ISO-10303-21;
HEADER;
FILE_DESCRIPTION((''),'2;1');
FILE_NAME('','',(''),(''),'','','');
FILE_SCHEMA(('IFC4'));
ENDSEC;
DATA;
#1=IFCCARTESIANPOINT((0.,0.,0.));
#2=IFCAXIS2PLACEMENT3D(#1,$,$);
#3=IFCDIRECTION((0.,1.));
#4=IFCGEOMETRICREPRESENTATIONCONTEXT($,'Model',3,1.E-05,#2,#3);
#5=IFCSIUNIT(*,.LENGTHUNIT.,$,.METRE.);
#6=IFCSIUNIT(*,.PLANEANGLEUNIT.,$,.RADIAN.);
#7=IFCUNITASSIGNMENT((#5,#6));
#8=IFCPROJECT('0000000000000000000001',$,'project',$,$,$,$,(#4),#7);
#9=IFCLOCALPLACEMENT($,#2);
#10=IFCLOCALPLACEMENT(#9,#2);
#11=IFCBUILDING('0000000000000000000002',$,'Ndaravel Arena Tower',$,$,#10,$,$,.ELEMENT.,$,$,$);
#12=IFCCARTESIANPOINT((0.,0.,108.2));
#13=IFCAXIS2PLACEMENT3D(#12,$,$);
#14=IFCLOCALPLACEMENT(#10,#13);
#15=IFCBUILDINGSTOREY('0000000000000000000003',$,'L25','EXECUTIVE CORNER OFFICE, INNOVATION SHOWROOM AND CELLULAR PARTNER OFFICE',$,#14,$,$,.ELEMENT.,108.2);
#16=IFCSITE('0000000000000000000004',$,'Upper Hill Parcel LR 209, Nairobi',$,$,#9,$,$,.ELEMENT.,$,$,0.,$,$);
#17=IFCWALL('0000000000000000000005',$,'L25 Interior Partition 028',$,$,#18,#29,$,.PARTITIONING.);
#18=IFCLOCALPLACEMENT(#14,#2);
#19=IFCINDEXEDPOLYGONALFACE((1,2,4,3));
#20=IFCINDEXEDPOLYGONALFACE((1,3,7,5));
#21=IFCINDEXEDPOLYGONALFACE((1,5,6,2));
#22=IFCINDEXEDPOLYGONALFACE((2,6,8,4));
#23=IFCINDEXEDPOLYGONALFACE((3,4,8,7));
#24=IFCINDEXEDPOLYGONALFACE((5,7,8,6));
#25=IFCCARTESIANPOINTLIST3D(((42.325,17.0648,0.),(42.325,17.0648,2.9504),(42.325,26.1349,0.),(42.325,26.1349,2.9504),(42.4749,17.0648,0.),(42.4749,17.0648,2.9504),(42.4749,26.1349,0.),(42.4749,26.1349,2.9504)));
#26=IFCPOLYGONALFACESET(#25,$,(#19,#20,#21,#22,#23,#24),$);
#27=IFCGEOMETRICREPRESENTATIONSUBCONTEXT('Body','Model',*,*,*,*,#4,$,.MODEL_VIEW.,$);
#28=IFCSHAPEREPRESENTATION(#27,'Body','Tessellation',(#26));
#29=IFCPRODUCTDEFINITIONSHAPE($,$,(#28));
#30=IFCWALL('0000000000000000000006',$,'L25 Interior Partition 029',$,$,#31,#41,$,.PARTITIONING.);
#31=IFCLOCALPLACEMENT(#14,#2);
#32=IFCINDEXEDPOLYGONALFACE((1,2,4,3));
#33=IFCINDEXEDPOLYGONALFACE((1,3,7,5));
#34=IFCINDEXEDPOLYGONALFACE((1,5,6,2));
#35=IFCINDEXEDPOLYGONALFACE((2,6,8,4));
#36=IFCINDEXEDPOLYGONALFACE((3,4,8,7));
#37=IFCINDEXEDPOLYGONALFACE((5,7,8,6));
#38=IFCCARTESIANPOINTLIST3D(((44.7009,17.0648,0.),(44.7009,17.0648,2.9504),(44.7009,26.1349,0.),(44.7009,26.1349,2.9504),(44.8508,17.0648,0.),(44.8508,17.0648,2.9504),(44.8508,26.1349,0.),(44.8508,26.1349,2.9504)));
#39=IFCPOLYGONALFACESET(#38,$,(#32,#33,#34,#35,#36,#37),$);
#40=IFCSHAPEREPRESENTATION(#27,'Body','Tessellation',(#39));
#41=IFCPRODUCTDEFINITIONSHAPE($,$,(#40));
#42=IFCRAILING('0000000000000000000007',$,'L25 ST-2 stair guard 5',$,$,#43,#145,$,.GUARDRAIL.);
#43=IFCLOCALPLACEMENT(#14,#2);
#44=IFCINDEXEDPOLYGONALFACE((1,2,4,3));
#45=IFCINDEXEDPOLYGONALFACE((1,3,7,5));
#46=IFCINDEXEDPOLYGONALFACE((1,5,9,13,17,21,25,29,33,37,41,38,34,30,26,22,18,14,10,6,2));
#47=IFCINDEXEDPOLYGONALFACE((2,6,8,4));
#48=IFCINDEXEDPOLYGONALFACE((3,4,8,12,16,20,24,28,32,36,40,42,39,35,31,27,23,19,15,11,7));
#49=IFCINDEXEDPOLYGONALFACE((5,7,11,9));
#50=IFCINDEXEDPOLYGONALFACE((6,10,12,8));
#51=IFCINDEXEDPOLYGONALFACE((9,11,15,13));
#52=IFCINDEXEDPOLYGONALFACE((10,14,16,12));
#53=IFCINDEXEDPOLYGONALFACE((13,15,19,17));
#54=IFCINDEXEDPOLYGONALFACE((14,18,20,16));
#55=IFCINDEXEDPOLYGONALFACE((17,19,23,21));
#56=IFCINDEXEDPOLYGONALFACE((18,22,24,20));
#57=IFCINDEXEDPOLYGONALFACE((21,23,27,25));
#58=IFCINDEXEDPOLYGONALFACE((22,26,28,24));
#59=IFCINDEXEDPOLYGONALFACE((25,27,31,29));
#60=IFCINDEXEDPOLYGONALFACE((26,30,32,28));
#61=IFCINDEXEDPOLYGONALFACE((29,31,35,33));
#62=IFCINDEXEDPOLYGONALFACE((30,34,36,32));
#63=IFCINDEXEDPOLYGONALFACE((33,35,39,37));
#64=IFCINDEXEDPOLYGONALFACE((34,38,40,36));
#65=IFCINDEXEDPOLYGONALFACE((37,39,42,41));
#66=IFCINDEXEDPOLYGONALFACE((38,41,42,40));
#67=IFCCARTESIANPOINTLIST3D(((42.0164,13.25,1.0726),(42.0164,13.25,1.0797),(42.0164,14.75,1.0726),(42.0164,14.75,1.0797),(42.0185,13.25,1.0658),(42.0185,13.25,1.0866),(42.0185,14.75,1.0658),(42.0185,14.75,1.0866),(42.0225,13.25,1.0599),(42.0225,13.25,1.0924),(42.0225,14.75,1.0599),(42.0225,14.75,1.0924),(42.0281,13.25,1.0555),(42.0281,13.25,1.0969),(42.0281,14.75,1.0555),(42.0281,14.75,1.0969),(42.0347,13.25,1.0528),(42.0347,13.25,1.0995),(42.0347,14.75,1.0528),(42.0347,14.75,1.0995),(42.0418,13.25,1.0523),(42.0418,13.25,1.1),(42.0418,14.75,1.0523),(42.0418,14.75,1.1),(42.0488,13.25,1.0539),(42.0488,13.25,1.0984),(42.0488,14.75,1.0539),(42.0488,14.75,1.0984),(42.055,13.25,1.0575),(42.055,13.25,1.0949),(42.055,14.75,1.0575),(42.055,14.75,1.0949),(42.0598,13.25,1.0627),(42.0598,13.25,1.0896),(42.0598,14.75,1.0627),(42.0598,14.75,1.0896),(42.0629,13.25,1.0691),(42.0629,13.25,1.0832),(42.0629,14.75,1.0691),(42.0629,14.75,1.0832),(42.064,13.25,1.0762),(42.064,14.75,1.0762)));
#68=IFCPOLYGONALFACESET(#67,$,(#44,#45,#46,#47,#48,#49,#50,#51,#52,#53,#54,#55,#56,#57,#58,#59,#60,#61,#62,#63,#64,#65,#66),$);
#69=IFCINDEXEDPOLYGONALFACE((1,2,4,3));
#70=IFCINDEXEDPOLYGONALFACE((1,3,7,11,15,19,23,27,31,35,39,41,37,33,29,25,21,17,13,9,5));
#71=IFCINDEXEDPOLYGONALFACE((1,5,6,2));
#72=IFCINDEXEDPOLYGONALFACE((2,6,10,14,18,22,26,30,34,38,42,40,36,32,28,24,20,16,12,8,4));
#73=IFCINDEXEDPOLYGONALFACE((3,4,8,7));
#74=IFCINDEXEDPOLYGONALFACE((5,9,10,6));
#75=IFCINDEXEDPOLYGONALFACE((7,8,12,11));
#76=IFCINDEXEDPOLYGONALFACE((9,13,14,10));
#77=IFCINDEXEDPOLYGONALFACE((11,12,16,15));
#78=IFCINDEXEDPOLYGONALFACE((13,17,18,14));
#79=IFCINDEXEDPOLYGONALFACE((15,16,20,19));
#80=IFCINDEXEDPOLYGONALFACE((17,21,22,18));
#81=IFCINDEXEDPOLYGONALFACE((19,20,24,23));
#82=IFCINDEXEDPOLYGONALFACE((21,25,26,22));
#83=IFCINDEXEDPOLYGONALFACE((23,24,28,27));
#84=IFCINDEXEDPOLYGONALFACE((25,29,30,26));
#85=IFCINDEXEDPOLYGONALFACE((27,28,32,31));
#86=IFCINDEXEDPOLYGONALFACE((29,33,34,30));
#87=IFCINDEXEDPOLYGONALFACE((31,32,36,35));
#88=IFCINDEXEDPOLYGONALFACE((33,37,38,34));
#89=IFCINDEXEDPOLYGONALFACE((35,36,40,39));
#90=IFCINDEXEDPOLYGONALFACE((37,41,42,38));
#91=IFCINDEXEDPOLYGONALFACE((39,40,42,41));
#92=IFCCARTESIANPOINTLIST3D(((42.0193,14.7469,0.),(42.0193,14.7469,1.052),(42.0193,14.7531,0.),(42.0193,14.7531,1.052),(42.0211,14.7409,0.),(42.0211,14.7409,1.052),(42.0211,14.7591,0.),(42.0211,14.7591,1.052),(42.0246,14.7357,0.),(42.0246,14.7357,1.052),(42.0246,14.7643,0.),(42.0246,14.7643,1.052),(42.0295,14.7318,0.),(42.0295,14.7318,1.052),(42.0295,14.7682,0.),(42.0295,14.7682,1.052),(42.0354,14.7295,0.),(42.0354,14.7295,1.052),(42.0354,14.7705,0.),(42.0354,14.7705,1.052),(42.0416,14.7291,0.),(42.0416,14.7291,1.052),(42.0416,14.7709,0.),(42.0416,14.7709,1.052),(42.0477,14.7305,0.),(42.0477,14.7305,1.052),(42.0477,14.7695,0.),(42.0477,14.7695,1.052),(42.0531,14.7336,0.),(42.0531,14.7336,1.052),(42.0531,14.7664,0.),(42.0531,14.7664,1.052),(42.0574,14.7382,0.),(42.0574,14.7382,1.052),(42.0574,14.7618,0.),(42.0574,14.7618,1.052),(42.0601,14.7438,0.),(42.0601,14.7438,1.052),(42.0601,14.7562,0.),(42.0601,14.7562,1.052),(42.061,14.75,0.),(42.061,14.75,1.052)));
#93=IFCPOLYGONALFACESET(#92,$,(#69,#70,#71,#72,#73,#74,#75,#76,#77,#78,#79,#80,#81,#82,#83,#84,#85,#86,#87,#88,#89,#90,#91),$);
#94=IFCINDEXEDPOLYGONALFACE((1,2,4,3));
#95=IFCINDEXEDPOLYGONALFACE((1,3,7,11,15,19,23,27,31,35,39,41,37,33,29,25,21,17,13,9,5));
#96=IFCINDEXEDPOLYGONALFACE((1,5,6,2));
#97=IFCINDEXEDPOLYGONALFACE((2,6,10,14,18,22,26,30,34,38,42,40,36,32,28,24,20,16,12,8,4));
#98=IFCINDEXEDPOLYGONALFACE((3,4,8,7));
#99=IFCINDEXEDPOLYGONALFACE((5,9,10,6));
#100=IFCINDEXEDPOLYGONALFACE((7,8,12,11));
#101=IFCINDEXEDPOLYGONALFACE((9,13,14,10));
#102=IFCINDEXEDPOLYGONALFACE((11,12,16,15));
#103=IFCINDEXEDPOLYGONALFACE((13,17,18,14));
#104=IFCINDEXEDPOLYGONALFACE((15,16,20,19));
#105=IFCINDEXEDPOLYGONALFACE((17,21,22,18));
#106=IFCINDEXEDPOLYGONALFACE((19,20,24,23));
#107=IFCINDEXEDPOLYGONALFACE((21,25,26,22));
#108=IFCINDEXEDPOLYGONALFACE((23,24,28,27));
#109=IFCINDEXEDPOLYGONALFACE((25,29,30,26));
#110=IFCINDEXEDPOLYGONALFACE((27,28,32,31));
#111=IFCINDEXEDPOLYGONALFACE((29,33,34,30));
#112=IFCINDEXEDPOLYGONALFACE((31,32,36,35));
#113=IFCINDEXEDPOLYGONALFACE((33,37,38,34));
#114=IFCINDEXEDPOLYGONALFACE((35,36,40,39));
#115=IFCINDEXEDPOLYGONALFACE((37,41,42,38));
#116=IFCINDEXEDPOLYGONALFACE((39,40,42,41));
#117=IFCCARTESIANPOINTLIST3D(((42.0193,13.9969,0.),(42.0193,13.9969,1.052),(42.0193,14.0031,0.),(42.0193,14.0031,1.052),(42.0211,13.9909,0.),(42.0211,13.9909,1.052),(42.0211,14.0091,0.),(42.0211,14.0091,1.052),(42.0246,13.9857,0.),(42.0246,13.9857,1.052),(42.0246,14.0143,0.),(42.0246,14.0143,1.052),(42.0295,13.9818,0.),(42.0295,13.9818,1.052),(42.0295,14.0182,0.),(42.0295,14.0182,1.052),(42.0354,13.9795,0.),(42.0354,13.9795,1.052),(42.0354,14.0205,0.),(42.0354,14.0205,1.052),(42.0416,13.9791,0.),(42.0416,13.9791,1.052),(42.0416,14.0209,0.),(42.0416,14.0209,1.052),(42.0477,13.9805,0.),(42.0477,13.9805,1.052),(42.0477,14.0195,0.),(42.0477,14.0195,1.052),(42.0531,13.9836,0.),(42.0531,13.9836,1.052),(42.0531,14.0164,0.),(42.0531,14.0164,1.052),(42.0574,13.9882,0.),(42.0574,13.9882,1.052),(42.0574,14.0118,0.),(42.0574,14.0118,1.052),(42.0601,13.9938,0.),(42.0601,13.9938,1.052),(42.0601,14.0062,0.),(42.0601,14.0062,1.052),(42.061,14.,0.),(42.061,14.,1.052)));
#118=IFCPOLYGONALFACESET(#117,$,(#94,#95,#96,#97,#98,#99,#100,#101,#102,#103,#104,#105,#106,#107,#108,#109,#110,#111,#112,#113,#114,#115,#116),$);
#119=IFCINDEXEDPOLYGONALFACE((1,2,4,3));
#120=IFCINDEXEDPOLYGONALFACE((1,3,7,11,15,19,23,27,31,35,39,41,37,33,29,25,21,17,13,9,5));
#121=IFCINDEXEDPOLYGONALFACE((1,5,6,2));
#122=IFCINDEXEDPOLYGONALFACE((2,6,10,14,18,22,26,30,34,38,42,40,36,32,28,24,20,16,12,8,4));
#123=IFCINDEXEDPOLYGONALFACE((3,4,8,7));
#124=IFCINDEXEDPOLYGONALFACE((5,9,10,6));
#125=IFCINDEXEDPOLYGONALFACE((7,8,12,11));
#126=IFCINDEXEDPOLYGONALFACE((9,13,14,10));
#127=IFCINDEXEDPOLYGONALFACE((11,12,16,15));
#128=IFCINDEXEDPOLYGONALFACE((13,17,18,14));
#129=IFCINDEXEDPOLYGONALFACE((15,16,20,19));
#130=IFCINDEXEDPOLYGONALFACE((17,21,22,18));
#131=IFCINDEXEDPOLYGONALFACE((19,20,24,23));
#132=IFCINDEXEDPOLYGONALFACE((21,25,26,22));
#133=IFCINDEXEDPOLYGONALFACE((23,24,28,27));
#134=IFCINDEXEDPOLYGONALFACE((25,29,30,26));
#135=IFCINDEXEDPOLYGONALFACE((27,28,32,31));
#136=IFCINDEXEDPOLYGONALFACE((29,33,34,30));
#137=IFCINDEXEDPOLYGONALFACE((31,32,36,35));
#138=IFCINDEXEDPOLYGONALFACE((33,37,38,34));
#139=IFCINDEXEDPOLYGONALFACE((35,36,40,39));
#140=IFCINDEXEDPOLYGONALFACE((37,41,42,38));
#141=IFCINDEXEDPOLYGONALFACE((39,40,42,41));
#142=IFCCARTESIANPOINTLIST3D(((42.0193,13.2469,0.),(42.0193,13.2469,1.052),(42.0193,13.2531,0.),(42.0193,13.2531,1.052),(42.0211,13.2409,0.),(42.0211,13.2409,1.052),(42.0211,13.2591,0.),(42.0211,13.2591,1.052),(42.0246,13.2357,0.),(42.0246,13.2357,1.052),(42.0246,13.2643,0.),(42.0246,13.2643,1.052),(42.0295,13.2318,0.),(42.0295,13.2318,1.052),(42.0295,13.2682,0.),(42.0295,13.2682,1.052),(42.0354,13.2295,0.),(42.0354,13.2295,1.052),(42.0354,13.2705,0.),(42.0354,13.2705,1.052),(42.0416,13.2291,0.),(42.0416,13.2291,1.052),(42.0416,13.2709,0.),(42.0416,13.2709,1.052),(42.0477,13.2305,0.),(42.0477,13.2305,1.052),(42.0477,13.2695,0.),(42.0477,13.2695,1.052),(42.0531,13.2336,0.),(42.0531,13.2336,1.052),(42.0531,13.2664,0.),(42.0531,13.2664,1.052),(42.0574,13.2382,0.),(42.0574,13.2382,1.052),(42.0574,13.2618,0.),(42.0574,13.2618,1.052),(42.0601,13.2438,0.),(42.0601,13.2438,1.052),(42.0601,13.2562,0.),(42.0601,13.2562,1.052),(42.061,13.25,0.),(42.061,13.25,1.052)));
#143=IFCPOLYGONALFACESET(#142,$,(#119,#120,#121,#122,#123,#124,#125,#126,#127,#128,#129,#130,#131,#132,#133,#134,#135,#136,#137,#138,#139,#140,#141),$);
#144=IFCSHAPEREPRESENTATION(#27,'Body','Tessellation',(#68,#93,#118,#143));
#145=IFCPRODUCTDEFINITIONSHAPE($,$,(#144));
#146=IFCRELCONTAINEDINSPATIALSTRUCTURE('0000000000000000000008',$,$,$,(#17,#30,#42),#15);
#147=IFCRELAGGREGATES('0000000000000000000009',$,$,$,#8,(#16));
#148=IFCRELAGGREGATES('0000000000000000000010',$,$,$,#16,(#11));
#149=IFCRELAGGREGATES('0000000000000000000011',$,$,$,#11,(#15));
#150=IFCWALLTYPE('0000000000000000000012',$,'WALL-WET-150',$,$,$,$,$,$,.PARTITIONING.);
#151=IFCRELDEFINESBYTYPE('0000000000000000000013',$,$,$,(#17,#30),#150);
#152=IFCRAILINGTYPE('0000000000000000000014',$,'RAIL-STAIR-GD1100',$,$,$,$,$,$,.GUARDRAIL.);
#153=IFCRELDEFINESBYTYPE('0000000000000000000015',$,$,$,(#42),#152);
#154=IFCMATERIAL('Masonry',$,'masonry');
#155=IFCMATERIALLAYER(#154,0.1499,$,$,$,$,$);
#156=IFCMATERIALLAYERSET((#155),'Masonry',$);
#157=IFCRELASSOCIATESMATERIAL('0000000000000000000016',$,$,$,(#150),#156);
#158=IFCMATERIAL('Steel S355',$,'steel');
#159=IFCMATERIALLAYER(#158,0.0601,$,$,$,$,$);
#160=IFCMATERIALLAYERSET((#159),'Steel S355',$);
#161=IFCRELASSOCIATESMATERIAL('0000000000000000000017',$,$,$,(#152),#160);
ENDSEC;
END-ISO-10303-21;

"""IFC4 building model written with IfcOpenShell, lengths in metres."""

from ifc_helpers import new_model, si_unit, direction, frame, frame_2d, origin, origin_2d, place, context, subcontext, project, spatial, rectangle, circle, extrude, material, layer, layer_set, type_object, element, save


model = new_model("IFC4")

# Units and contexts
model_context = context("Model", 3, precision=1e-05, world=origin(), true_north=direction((0.0, 1.0)))
body_context = subcontext(model_context, "Body", "Model", "MODEL_VIEW")
ifc_project = project(units=[si_unit("LENGTHUNIT", "METRE"), si_unit("PLANEANGLEUNIT", "RADIAN")], contexts=[model_context])

# Site, building, storey
site_placement = place(None, origin())
site = spatial("IfcSite", under=ifc_project, at=site_placement, Name="Upper Hill Parcel LR 209, Nairobi", CompositionType="ELEMENT", RefElevation=0.0)
building_placement = place(site_placement, origin())
building = spatial("IfcBuilding", under=site, at=building_placement, Name="Ndaravel Arena Tower", CompositionType="ELEMENT")
storey_placement = place(building_placement, frame((0.0, 0.0, 108.2)))
storey = spatial("IfcBuildingStorey", under=building, at=storey_placement, Name="L25", Description="EXECUTIVE CORNER OFFICE, INNOVATION SHOWROOM AND CELLULAR PARTNER OFFICE", CompositionType="ELEMENT", Elevation=108.2)

# Shared definitions
ifc_material_1 = material(Name="Masonry", Category="masonry")
ifc_layer_1 = layer(ifc_material_1, 0.1499)
ifc_layer_set_1 = layer_set([ifc_layer_1], Name="Masonry")
wall_type_1 = type_object("IfcWallType", Name="WALL-WET-150", PredefinedType="PARTITIONING", material=ifc_layer_set_1)

# Walls
for number, where, z_axis, x_axis, name in (
    (1, (42.3999, 26.135, 0.0), (0.0, 0.0, 1.0), (0.0, -1.0, 0.0), "L25 Interior Partition 028"),
    (2, (44.7759, 26.135, 0.0), (0.0, 0.0, 1.0), (0.0, -1.0, 0.0), "L25 Interior Partition 029"),
):
    element("IfcWall", number, at=place(storey_placement, frame(where, z_axis=z_axis, x_axis=x_axis)), inside=storey, type_object=wall_type_1, Name=name, PredefinedType="PARTITIONING", context=body_context, shape_type="SweptSolid", body=[
        extrude(rectangle(XDim=9.0701, YDim=0.1499, at=frame_2d((4.5352, 0.0))), origin(), (0.0, 0.0, 1.0), 2.9504),
    ])

# Railing
ifc_material_2 = material(Name="Steel S355", Category="steel")
ifc_layer_2 = layer(ifc_material_2, 0.0601)
ifc_layer_set_2 = layer_set([ifc_layer_2], Name="Steel S355")
railing_type = type_object("IfcRailingType", Name="RAIL-STAIR-GD1100", PredefinedType="GUARDRAIL", material=ifc_layer_set_2)
for number, where, name in (
    (3, (42.04, 14.75, 0.0), "L25 ST-2 stair guard 5"),
):
    element("IfcRailing", number, at=place(storey_placement, frame(where)), inside=storey, type_object=railing_type, Name=name, PredefinedType="GUARDRAIL", context=body_context, shape_type="SweptSolid", body=[
        extrude(circle(Radius=0.0239, at=origin_2d()), frame((0.0, 0.0, 1.0762), z_axis=(0.0, -1.0, 0.0), x_axis=(1.0, 0.0, 0.0)), (0.0, 0.0, 1.0), 1.5),
        extrude(circle(Radius=0.021, at=origin_2d()), origin(), (0.0, 0.0, 1.0), 1.052),
        extrude(circle(Radius=0.021, at=origin_2d()), frame((0.0, -0.75, 0.0)), (0.0, 0.0, 1.0), 1.052),
        extrude(circle(Radius=0.021, at=origin_2d()), frame((0.0, -1.5, 0.0)), (0.0, 0.0, 1.0), 1.052),
    ])

save(model, "model.ifc")
